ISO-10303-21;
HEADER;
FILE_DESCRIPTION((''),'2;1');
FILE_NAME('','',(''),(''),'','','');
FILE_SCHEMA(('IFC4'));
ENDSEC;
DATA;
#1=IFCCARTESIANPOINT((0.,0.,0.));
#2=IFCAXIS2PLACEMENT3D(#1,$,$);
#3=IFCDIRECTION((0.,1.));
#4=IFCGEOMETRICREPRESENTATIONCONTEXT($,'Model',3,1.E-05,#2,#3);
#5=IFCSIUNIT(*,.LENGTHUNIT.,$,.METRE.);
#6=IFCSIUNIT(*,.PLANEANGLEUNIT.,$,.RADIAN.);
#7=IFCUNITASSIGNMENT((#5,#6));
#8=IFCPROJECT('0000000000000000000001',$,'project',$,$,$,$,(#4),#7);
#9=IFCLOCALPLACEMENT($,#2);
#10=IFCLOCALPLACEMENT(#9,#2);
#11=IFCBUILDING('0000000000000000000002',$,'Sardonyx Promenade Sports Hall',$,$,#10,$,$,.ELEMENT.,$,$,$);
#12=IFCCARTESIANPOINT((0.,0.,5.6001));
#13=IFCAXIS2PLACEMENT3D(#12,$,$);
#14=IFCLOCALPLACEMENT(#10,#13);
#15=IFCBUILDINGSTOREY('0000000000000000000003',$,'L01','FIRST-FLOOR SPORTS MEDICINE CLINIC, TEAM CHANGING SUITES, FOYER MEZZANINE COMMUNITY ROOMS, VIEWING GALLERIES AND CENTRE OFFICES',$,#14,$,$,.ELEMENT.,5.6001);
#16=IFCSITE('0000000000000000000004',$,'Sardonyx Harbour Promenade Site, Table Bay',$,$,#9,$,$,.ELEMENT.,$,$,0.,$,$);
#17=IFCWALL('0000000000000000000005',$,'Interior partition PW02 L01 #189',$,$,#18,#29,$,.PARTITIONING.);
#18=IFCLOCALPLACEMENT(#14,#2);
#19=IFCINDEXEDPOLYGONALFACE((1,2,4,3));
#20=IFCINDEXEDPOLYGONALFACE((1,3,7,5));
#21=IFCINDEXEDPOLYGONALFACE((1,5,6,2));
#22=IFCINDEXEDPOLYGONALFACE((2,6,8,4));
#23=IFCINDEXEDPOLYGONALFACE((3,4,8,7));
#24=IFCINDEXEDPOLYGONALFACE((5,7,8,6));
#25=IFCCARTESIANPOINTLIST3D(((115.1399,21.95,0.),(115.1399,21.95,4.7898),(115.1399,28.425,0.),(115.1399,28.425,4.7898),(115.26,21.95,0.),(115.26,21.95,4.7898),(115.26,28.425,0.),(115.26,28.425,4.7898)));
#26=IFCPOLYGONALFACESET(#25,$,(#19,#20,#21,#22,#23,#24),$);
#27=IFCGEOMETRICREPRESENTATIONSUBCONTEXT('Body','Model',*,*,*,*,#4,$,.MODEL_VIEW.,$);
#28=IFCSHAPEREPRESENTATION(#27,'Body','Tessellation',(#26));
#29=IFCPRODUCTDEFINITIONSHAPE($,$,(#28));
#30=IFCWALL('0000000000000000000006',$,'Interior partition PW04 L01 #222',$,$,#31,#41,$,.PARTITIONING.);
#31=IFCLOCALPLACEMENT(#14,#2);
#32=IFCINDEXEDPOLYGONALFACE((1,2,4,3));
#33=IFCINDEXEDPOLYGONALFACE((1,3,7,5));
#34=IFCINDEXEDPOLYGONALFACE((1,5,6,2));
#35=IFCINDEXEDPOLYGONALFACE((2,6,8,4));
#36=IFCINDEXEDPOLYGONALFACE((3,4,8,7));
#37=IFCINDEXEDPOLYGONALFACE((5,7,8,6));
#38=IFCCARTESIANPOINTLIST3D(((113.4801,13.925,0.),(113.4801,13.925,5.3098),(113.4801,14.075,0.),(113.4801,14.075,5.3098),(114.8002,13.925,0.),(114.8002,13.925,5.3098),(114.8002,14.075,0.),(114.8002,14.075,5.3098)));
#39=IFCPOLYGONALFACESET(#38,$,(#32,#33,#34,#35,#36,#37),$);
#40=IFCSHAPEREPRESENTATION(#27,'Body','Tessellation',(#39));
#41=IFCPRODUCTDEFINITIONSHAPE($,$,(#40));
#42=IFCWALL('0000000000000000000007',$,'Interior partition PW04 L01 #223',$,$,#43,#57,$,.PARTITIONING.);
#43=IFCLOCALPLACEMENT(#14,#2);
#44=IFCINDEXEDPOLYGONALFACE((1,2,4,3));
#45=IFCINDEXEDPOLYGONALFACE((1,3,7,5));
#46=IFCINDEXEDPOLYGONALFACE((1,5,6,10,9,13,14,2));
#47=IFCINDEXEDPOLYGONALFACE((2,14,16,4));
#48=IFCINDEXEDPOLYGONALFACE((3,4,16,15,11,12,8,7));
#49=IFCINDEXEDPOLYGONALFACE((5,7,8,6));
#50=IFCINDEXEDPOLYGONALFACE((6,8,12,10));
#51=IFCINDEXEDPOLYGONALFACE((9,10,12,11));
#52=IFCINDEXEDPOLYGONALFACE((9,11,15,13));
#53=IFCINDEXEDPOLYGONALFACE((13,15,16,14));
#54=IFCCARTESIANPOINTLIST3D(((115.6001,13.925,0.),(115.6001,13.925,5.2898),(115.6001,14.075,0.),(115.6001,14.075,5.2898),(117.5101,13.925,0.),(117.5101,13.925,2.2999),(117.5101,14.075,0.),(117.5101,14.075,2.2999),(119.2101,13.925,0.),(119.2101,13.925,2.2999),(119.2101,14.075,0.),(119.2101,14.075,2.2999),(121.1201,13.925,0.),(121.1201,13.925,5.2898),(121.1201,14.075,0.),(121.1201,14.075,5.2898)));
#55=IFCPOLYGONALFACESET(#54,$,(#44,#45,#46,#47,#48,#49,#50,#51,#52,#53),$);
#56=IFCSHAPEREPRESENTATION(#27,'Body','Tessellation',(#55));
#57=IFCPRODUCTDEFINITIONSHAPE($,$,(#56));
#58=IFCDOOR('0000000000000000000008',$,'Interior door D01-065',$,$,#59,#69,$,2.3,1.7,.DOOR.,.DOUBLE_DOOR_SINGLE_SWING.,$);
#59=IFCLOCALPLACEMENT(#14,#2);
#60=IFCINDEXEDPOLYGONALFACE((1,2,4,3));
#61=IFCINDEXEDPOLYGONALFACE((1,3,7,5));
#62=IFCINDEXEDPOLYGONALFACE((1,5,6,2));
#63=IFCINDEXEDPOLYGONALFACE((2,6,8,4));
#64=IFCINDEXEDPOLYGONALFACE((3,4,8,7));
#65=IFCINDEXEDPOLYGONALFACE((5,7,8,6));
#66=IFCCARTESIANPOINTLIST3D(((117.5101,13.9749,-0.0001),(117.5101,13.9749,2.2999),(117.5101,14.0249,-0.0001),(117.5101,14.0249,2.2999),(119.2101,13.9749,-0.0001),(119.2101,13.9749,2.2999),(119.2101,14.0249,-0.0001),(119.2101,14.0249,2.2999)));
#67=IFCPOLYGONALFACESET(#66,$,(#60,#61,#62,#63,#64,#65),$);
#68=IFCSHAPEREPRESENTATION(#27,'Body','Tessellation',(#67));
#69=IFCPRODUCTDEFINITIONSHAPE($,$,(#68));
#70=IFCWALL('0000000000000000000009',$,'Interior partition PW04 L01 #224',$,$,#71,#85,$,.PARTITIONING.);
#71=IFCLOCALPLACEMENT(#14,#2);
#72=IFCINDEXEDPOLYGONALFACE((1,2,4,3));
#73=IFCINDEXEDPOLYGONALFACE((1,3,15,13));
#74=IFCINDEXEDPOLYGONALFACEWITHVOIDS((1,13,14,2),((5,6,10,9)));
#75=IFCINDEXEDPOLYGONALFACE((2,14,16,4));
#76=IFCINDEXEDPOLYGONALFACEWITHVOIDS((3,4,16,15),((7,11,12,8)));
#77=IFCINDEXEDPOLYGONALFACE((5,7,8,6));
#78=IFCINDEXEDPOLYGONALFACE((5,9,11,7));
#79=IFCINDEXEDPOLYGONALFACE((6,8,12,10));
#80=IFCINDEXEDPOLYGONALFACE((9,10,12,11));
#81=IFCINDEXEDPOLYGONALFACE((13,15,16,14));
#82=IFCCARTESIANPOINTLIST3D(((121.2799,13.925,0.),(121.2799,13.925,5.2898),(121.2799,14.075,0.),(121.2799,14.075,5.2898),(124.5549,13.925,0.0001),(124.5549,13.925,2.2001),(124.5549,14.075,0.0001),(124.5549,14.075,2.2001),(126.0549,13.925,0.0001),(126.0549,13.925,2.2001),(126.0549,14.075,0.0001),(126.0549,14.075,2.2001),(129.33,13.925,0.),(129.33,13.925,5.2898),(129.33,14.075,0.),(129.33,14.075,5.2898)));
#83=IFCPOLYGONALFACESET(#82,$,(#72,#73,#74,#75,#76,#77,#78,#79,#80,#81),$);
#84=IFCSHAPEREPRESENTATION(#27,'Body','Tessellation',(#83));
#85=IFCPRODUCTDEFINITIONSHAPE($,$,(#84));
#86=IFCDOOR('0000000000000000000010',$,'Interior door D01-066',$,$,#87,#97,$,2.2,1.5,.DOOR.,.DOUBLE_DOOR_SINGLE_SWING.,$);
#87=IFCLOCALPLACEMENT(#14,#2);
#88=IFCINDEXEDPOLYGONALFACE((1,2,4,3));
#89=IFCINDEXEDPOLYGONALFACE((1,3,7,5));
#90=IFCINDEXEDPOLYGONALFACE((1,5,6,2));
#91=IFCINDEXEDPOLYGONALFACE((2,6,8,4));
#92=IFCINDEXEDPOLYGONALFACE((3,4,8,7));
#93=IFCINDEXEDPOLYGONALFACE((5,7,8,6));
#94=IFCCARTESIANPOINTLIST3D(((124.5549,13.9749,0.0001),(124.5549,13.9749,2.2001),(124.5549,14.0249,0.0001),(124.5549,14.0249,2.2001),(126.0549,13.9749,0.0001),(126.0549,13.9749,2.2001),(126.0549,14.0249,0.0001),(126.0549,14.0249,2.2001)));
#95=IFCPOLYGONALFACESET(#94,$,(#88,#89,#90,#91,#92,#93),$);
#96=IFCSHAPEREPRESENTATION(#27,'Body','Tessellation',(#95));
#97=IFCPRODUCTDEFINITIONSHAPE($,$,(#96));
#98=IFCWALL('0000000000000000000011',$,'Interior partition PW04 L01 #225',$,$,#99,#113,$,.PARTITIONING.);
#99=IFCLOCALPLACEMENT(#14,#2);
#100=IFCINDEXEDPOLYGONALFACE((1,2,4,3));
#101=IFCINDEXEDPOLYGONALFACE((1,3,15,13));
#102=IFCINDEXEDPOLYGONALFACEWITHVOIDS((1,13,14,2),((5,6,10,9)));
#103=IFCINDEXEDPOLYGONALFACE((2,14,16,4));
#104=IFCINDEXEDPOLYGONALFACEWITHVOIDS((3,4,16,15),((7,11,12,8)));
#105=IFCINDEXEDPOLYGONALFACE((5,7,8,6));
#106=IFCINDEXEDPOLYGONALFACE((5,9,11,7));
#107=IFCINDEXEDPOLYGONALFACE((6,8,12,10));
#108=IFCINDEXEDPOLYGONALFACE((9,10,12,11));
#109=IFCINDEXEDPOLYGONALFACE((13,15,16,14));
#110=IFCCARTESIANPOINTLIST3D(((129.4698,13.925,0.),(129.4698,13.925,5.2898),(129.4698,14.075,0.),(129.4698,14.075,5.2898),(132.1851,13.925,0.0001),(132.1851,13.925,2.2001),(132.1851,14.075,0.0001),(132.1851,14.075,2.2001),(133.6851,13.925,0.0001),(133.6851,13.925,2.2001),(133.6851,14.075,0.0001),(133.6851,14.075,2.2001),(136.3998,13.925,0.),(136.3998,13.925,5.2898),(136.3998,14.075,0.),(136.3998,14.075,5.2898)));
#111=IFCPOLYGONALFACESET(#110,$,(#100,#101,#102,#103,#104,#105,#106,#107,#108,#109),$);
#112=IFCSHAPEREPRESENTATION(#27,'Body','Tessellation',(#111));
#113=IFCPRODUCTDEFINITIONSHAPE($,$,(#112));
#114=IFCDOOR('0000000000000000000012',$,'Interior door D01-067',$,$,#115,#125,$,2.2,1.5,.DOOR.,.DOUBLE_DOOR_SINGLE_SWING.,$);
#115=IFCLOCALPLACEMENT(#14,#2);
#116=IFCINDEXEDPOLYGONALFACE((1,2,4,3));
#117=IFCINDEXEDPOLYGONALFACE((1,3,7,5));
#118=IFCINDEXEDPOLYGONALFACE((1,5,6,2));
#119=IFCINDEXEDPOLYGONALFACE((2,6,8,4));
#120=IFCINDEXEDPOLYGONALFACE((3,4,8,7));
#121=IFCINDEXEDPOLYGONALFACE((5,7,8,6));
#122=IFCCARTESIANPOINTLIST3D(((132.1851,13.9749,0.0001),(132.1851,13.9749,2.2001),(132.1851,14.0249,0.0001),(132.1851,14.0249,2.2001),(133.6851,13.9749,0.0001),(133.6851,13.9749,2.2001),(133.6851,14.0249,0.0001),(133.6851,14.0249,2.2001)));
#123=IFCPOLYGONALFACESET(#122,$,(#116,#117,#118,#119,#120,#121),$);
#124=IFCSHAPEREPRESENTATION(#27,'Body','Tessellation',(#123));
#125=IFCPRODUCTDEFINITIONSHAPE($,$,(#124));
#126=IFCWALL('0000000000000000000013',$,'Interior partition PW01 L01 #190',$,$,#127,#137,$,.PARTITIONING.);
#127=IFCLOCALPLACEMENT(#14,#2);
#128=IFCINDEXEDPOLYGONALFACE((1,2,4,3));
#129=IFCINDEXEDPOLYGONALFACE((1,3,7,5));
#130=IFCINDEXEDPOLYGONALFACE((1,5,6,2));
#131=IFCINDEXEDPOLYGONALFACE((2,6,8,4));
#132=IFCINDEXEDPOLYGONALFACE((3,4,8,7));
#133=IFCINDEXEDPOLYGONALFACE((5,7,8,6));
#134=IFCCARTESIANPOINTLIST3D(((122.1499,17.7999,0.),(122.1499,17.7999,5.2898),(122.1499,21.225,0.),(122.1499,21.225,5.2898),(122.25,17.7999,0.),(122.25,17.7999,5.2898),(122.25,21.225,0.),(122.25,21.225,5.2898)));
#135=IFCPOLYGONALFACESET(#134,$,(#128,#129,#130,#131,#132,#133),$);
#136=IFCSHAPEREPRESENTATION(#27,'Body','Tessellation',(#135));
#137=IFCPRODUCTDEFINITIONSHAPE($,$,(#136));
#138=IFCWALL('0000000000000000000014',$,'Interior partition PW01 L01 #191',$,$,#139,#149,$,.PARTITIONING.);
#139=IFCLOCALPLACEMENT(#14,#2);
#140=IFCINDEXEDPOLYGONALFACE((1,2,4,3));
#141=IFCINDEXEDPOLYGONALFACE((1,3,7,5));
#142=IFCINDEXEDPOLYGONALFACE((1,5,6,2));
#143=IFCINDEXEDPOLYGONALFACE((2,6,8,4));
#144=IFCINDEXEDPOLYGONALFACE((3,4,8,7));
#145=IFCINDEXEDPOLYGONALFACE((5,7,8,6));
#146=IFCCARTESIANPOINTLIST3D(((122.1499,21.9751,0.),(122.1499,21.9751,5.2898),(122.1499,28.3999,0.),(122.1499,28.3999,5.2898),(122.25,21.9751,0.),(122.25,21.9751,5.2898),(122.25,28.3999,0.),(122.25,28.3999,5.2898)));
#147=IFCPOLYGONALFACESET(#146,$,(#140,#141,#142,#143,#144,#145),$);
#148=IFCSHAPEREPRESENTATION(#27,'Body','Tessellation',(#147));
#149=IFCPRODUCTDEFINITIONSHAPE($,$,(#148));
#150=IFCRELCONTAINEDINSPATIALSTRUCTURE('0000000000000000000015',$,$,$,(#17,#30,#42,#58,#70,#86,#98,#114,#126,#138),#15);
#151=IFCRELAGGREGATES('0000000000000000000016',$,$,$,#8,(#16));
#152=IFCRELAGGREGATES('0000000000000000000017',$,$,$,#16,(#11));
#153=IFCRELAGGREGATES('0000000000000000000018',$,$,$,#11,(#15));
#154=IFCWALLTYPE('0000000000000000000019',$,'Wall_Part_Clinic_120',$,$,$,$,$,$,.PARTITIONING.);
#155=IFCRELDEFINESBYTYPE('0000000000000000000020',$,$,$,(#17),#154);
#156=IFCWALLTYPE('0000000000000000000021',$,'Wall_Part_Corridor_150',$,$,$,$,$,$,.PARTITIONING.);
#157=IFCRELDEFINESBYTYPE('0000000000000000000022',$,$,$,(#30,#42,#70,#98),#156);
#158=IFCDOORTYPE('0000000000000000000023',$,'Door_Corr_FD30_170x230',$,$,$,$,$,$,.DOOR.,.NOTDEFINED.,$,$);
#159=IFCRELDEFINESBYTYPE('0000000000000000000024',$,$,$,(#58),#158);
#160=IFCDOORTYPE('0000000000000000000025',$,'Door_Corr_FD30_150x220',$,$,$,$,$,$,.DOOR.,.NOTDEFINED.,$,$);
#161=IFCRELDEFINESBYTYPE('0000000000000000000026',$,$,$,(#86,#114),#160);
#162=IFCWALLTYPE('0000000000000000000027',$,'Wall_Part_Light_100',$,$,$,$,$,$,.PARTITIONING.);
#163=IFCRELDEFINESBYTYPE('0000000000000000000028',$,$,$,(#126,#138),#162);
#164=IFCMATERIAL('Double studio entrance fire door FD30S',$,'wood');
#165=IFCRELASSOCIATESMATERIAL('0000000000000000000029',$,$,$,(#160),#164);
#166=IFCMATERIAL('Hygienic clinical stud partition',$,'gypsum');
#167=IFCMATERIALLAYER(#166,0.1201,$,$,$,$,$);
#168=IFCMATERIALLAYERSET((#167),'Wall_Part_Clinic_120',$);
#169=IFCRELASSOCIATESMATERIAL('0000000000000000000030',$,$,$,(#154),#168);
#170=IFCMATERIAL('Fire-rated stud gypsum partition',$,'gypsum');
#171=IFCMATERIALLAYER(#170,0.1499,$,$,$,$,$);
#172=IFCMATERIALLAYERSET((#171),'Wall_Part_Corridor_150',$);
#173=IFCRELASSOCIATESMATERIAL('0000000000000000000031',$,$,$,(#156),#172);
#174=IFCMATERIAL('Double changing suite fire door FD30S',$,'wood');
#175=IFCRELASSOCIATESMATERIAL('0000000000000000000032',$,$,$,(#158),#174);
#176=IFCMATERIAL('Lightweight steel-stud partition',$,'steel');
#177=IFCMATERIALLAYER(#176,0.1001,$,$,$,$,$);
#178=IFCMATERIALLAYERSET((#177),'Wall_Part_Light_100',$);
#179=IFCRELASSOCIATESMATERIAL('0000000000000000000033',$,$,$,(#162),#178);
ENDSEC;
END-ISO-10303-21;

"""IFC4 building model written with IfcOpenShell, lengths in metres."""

from ifc_helpers import new_model, si_unit, direction, frame, frame_2d, origin, place, context, subcontext, project, spatial, rectangle, extrude, material, layer, layer_set, type_object, element, fill, save


model = new_model("IFC4")

# Units and contexts
model_context = context("Model", 3, precision=1e-05, world=origin(), true_north=direction((0.0, 1.0)))
body_context = subcontext(model_context, "Body", "Model", "MODEL_VIEW")
ifc_project = project(units=[si_unit("LENGTHUNIT", "METRE"), si_unit("PLANEANGLEUNIT", "RADIAN")], contexts=[model_context])

# Site, building, storey
site_placement = place(None, origin())
site = spatial("IfcSite", under=ifc_project, at=site_placement, Name="Sardonyx Harbour Promenade Site, Table Bay", CompositionType="ELEMENT", RefElevation=0.0)
building_placement = place(site_placement, origin())
building = spatial("IfcBuilding", under=site, at=building_placement, Name="Sardonyx Promenade Sports Hall", CompositionType="ELEMENT")
storey_placement = place(building_placement, frame((0.0, 0.0, 5.6001)))
storey = spatial("IfcBuildingStorey", under=building, at=storey_placement, Name="L01", Description="FIRST-FLOOR SPORTS MEDICINE CLINIC, TEAM CHANGING SUITES, FOYER MEZZANINE COMMUNITY ROOMS, VIEWING GALLERIES AND CENTRE OFFICES", CompositionType="ELEMENT", Elevation=5.6001)

# Shared definitions
ifc_material_1 = material(Name="Double studio entrance fire door FD30S", Category="wood")
door_type_1 = type_object("IfcDoorType", Name="Door_Corr_FD30_150x220", OperationType="NOTDEFINED", PredefinedType="DOOR", material=ifc_material_1)

# Walls
ifc_material_2 = material(Name="Hygienic clinical stud partition", Category="gypsum")
ifc_layer_1 = layer(ifc_material_2, 0.1201)
ifc_layer_set_1 = layer_set([ifc_layer_1], Name="Wall_Part_Clinic_120")
wall_type_1 = type_object("IfcWallType", Name="Wall_Part_Clinic_120", PredefinedType="PARTITIONING", material=ifc_layer_set_1)
wall_1_placement = place(storey_placement, frame((115.2, 21.95, 0.0), z_axis=(0.0, 0.0, 1.0), x_axis=(0.0, 1.0, 0.0)))
element("IfcWall", 1, at=wall_1_placement, inside=storey, type_object=wall_type_1, Name="Interior partition PW02 L01 #189", PredefinedType="PARTITIONING", context=body_context, shape_type="SweptSolid", body=[
    extrude(rectangle(XDim=6.4751, YDim=0.1201, at=frame_2d((3.2375, 0.0))), origin(), (0.0, 0.0, 1.0), 4.7898),
])
ifc_material_3 = material(Name="Fire-rated stud gypsum partition", Category="gypsum")
ifc_layer_2 = layer(ifc_material_3, 0.1499)
ifc_layer_set_2 = layer_set([ifc_layer_2], Name="Wall_Part_Corridor_150")
wall_type_2 = type_object("IfcWallType", Name="Wall_Part_Corridor_150", PredefinedType="PARTITIONING", material=ifc_layer_set_2)
wall_2_placement = place(storey_placement, frame((113.48, 14.0, 0.0), z_axis=(0.0, 0.0, 1.0), x_axis=(1.0, 0.0, 0.0)))
element("IfcWall", 2, at=wall_2_placement, inside=storey, type_object=wall_type_2, Name="Interior partition PW04 L01 #222", PredefinedType="PARTITIONING", context=body_context, shape_type="SweptSolid", body=[
    extrude(rectangle(XDim=1.3201, YDim=0.1499, at=frame_2d((0.6602, 0.0))), origin(), (0.0, 0.0, 1.0), 5.3098),
])

# Walls, openings, doors
wall_3_placement = place(storey_placement, frame((115.6001, 14.0, 0.0), z_axis=(0.0, 0.0, 1.0), x_axis=(1.0, 0.0, 0.0)))
wall_3 = element("IfcWall", 3, at=wall_3_placement, inside=storey, type_object=wall_type_2, Name="Interior partition PW04 L01 #223", PredefinedType="PARTITIONING", context=body_context, shape_type="SweptSolid", body=[
    extrude(rectangle(XDim=5.52, YDim=0.1499, at=frame_2d((2.76, 0.0))), origin(), (0.0, 0.0, 1.0), 5.2898),
])
opening_1_placement = place(wall_3_placement, frame((1.9099, 0.0, 0.0)))
opening_1 = element("IfcOpeningElement", 4, at=opening_1_placement, cuts=wall_3, PredefinedType="OPENING", context=body_context, shape_type="SweptSolid", body=[
    extrude(rectangle(XDim=1.7, YDim=2.3, at=frame_2d((0.8501, 1.1499))), frame((0.0, 0.085, 0.0), z_axis=(0.0, -1.0, 0.0), x_axis=(1.0, 0.0, 0.0)), (0.0, 0.0, 1.0), 0.17),
])
ifc_material_4 = material(Name="Double changing suite fire door FD30S", Category="wood")
door_type_2 = type_object("IfcDoorType", Name="Door_Corr_FD30_170x230", OperationType="NOTDEFINED", PredefinedType="DOOR", material=ifc_material_4)
door_1_placement = place(opening_1_placement, origin())
door_1 = element("IfcDoor", 5, at=door_1_placement, inside=storey, type_object=door_type_2, Name="Interior door D01-065", OperationType="DOUBLE_DOOR_SINGLE_SWING", OverallHeight=2.3, OverallWidth=1.7, PredefinedType="DOOR", context=body_context, shape_type="SweptSolid", body=[
    extrude(rectangle(XDim=1.7, YDim=2.3, at=frame_2d((0.8501, 1.1499))), frame((0.0, 0.0249, 0.0), z_axis=(0.0, -1.0, 0.0), x_axis=(1.0, 0.0, 0.0)), (0.0, 0.0, 1.0), 0.05),
])
fill(opening_1, door_1)
wall_4_placement = place(storey_placement, frame((121.28, 14.0, 0.0), z_axis=(0.0, 0.0, 1.0), x_axis=(1.0, 0.0, 0.0)))
wall_4 = element("IfcWall", 6, at=wall_4_placement, inside=storey, type_object=wall_type_2, Name="Interior partition PW04 L01 #224", PredefinedType="PARTITIONING", context=body_context, shape_type="SweptSolid", body=[
    extrude(rectangle(XDim=8.05, YDim=0.1499, at=frame_2d((4.0249, 0.0))), origin(), (0.0, 0.0, 1.0), 5.2898),
])
opening_2_placement = place(wall_4_placement, frame((3.2749, 0.0, 0.0)))
opening_2 = element("IfcOpeningElement", 7, at=opening_2_placement, cuts=wall_4, PredefinedType="OPENING", context=body_context, shape_type="SweptSolid", body=[
    extrude(rectangle(XDim=1.5, YDim=2.2, at=frame_2d((0.75, 1.1001))), frame((0.0, 0.085, 0.0), z_axis=(0.0, -1.0, 0.0), x_axis=(1.0, 0.0, 0.0)), (0.0, 0.0, 1.0), 0.17),
])
door_2_placement = place(opening_2_placement, origin())
door_2 = element("IfcDoor", 8, at=door_2_placement, inside=storey, type_object=door_type_1, Name="Interior door D01-066", OperationType="DOUBLE_DOOR_SINGLE_SWING", OverallHeight=2.2, OverallWidth=1.5, PredefinedType="DOOR", context=body_context, shape_type="SweptSolid", body=[
    extrude(rectangle(XDim=1.5, YDim=2.2, at=frame_2d((0.75, 1.1001))), frame((0.0, 0.0249, 0.0), z_axis=(0.0, -1.0, 0.0), x_axis=(1.0, 0.0, 0.0)), (0.0, 0.0, 1.0), 0.05),
])
fill(opening_2, door_2)
wall_5_placement = place(storey_placement, frame((129.47, 14.0, 0.0), z_axis=(0.0, 0.0, 1.0), x_axis=(1.0, 0.0, 0.0)))
wall_5 = element("IfcWall", 9, at=wall_5_placement, inside=storey, type_object=wall_type_2, Name="Interior partition PW04 L01 #225", PredefinedType="PARTITIONING", context=body_context, shape_type="SweptSolid", body=[
    extrude(rectangle(XDim=6.9299, YDim=0.1499, at=frame_2d((3.4648, 0.0))), origin(), (0.0, 0.0, 1.0), 5.2898),
])
opening_3_placement = place(wall_5_placement, frame((2.7151, 0.0, 0.0)))
opening_3 = element("IfcOpeningElement", 10, at=opening_3_placement, cuts=wall_5, PredefinedType="OPENING", context=body_context, shape_type="SweptSolid", body=[
    extrude(rectangle(XDim=1.5, YDim=2.2, at=frame_2d((0.75, 1.1001))), frame((0.0, 0.085, 0.0), z_axis=(0.0, -1.0, 0.0), x_axis=(1.0, 0.0, 0.0)), (0.0, 0.0, 1.0), 0.17),
])
door_3_placement = place(opening_3_placement, origin())
door_3 = element("IfcDoor", 11, at=door_3_placement, inside=storey, type_object=door_type_1, Name="Interior door D01-067", OperationType="DOUBLE_DOOR_SINGLE_SWING", OverallHeight=2.2, OverallWidth=1.5, PredefinedType="DOOR", context=body_context, shape_type="SweptSolid", body=[
    extrude(rectangle(XDim=1.5, YDim=2.2, at=frame_2d((0.75, 1.1001))), frame((0.0, 0.0249, 0.0), z_axis=(0.0, -1.0, 0.0), x_axis=(1.0, 0.0, 0.0)), (0.0, 0.0, 1.0), 0.05),
])
fill(opening_3, door_3)

# Walls
ifc_material_5 = material(Name="Lightweight steel-stud partition", Category="steel")
ifc_layer_3 = layer(ifc_material_5, 0.1001)
ifc_layer_set_3 = layer_set([ifc_layer_3], Name="Wall_Part_Light_100")
wall_type_3 = type_object("IfcWallType", Name="Wall_Part_Light_100", PredefinedType="PARTITIONING", material=ifc_layer_set_3)
wall_6_placement = place(storey_placement, frame((122.2, 17.8, 0.0), z_axis=(0.0, 0.0, 1.0), x_axis=(0.0, 1.0, 0.0)))
element("IfcWall", 12, at=wall_6_placement, inside=storey, type_object=wall_type_3, Name="Interior partition PW01 L01 #190", PredefinedType="PARTITIONING", context=body_context, shape_type="SweptSolid", body=[
    extrude(rectangle(XDim=3.425, YDim=0.1001, at=frame_2d((1.7124, 0.0))), origin(), (0.0, 0.0, 1.0), 5.2898),
])
wall_7_placement = place(storey_placement, frame((122.2, 21.9751, 0.0), z_axis=(0.0, 0.0, 1.0), x_axis=(0.0, 1.0, 0.0)))
element("IfcWall", 13, at=wall_7_placement, inside=storey, type_object=wall_type_3, Name="Interior partition PW01 L01 #191", PredefinedType="PARTITIONING", context=body_context, shape_type="SweptSolid", body=[
    extrude(rectangle(XDim=6.4248, YDim=0.1001, at=frame_2d((3.2124, 0.0))), origin(), (0.0, 0.0, 1.0), 5.2898),
])

save(model, "model.ifc")
